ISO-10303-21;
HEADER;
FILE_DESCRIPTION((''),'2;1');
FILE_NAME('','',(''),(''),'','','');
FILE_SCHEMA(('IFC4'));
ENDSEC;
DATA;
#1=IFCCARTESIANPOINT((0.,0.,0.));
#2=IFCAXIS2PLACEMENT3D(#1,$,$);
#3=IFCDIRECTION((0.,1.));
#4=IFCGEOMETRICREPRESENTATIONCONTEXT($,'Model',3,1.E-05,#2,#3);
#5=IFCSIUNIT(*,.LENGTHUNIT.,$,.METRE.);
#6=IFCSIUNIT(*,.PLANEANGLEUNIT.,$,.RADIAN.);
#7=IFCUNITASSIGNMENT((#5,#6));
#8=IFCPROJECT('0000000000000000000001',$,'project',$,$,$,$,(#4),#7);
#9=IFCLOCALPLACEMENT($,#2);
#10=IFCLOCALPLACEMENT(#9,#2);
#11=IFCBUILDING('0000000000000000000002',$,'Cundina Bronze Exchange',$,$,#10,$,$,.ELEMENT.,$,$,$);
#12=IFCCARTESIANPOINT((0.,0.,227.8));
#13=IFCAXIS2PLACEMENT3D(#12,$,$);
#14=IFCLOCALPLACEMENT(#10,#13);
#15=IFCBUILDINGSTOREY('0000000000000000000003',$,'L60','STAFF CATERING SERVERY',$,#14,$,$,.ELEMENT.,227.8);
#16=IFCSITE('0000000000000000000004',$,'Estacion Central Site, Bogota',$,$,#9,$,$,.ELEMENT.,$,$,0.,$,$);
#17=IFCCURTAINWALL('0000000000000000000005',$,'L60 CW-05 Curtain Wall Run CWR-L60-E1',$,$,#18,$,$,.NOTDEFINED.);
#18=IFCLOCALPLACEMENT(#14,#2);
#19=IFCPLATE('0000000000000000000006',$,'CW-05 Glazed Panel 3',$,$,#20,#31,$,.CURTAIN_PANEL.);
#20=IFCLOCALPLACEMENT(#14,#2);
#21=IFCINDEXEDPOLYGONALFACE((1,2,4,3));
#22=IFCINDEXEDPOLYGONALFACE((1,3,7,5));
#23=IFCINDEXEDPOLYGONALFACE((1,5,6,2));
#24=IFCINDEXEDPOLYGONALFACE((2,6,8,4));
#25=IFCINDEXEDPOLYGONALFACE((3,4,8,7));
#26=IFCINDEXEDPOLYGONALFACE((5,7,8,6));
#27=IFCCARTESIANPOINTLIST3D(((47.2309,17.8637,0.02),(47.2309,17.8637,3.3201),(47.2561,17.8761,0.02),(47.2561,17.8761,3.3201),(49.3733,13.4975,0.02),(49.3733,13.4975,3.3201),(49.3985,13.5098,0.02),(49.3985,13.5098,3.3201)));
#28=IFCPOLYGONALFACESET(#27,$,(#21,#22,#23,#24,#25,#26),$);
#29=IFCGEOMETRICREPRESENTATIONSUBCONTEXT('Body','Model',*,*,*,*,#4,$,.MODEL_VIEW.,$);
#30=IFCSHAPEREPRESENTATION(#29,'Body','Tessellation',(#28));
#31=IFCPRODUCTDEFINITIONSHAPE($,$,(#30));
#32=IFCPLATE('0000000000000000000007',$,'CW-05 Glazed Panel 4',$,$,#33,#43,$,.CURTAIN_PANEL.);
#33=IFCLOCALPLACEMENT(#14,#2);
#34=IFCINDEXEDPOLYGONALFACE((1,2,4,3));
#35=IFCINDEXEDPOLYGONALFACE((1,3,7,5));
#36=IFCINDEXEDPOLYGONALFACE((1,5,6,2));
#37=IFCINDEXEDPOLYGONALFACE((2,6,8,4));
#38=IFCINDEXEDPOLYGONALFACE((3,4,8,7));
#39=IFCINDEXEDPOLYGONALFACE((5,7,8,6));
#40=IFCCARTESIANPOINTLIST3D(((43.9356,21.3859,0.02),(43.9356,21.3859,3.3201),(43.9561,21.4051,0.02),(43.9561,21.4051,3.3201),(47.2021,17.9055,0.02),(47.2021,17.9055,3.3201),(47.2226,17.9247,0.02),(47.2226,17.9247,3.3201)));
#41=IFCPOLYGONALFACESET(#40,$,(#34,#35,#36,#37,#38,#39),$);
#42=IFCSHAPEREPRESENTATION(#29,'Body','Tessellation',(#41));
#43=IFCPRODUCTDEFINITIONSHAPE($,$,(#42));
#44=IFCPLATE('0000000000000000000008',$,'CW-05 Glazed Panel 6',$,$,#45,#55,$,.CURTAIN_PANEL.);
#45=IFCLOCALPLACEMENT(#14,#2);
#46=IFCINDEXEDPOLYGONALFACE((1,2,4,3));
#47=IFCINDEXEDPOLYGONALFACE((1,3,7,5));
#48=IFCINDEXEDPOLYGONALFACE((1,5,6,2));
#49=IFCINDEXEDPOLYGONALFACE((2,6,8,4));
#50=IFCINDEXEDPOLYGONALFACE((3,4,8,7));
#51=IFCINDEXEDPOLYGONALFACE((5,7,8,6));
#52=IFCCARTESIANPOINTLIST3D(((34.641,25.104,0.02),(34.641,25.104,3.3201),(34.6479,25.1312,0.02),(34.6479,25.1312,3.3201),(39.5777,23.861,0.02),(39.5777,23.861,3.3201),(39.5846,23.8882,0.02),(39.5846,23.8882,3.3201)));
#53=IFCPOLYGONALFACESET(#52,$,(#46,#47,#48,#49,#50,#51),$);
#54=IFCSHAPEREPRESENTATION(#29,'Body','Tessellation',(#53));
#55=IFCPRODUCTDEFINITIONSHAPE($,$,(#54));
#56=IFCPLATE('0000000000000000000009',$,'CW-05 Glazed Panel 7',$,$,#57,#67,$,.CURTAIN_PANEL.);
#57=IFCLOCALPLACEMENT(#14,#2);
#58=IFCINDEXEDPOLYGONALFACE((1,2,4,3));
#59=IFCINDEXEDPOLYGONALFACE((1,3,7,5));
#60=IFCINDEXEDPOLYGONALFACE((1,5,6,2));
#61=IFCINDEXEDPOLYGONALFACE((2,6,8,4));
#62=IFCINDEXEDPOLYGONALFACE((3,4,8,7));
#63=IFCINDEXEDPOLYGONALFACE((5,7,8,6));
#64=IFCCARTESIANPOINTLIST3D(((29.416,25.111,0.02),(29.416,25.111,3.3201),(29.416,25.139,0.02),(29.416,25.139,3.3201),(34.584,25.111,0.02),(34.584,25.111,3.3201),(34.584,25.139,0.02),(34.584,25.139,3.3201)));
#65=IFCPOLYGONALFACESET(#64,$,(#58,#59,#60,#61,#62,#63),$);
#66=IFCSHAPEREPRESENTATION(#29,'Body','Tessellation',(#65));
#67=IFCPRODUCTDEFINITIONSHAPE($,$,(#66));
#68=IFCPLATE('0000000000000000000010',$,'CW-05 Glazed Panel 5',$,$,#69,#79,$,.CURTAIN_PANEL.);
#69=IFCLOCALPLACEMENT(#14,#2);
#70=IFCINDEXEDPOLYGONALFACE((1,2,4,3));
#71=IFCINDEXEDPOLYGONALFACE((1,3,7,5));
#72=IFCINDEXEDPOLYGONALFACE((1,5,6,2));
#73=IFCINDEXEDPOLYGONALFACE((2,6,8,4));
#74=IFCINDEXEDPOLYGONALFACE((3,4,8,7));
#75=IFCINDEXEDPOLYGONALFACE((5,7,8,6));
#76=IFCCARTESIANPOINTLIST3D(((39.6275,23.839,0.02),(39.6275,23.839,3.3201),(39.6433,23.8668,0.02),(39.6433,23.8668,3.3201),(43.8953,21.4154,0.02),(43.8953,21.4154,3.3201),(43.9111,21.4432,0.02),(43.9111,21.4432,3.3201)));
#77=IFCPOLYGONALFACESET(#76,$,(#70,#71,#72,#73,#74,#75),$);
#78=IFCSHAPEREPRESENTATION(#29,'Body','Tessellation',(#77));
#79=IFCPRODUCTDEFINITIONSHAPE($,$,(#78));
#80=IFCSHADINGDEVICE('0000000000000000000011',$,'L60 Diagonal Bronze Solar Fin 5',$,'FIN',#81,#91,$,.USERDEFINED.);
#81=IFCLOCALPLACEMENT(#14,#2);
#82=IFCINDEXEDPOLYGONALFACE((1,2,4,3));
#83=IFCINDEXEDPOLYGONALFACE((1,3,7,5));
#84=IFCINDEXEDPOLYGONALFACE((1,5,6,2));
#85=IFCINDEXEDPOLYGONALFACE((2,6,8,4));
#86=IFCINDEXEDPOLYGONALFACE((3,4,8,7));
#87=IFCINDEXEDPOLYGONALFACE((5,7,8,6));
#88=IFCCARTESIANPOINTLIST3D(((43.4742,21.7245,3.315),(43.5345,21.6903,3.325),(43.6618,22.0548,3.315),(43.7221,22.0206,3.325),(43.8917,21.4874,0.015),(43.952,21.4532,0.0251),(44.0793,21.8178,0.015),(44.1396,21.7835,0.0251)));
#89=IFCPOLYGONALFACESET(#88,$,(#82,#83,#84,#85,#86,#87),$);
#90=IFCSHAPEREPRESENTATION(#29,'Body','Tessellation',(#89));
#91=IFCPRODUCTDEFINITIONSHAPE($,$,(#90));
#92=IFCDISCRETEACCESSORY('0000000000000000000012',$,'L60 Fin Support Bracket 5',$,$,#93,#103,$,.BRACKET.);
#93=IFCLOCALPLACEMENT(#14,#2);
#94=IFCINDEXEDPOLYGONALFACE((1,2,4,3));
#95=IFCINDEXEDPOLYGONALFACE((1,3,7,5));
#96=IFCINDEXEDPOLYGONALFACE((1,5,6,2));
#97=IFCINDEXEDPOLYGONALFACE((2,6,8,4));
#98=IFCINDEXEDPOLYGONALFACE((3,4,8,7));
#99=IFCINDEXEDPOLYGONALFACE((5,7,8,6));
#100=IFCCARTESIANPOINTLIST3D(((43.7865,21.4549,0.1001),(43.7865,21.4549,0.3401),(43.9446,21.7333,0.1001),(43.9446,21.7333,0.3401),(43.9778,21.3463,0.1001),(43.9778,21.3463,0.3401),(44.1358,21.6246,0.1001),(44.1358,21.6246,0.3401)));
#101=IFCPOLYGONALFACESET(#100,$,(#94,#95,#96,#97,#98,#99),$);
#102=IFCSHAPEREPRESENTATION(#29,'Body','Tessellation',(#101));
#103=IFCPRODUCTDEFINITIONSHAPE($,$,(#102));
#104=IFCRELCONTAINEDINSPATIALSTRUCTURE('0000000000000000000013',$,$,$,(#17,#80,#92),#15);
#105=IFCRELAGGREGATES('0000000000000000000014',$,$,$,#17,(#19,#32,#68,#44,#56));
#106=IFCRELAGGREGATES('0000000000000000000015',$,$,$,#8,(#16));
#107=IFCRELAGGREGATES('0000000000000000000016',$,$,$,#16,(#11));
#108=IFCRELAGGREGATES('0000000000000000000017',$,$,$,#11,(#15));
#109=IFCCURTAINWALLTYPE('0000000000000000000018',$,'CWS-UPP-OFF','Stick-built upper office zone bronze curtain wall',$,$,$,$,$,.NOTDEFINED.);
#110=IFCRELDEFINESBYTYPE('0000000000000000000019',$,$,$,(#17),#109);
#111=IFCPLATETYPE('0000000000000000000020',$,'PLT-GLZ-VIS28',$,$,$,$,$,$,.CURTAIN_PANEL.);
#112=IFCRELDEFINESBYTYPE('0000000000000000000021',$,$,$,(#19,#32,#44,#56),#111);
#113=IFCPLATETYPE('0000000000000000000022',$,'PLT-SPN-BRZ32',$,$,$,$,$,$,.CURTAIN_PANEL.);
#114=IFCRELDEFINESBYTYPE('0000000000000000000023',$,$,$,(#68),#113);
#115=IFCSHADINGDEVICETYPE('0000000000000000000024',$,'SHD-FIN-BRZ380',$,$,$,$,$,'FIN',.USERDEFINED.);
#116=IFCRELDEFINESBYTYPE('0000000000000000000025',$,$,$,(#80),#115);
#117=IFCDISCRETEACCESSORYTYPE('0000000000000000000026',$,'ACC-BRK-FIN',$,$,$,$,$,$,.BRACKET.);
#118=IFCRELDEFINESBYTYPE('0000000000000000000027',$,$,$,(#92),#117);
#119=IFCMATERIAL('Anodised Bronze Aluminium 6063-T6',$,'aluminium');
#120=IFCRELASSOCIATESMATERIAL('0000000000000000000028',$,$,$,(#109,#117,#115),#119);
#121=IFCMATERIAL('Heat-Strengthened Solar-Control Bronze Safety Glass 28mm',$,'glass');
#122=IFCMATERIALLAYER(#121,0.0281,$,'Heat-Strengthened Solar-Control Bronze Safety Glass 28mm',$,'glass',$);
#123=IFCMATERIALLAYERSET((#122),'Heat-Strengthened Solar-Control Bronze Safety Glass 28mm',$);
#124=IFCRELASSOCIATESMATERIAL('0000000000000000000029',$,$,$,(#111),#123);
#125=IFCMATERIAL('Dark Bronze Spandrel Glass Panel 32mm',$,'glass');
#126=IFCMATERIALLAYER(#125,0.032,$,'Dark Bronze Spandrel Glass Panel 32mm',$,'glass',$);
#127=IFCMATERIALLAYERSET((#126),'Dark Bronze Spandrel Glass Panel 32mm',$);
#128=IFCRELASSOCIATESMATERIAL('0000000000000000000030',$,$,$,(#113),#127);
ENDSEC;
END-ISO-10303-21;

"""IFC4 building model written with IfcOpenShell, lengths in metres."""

from ifc_helpers import new_model, si_unit, direction, frame, origin, origin_2d, place, context, subcontext, project, spatial, rectangle, extrude, material, layer, layer_set, material_profile, profile_set, type_object, element, aggregate, save


model = new_model("IFC4")

# Units and contexts
model_context = context("Model", 3, precision=1e-05, world=origin(), true_north=direction((0.0, 1.0)))
body_context = subcontext(model_context, "Body", "Model", "MODEL_VIEW")
ifc_project = project(units=[si_unit("LENGTHUNIT", "METRE"), si_unit("PLANEANGLEUNIT", "RADIAN")], contexts=[model_context])

# Site, building, storey
site_placement = place(None, origin())
site = spatial("IfcSite", under=ifc_project, at=site_placement, Name="Estacion Central Site, Bogota", CompositionType="ELEMENT", RefElevation=0.0)
building_placement = place(site_placement, origin())
building = spatial("IfcBuilding", under=site, at=building_placement, Name="Cundina Bronze Exchange", CompositionType="ELEMENT")
storey_placement = place(building_placement, frame((0.0, 0.0, 227.8)))
storey = spatial("IfcBuildingStorey", under=building, at=storey_placement, Name="L60", Description="STAFF CATERING SERVERY", CompositionType="ELEMENT", Elevation=227.8)

# Curtain wall, plates
ifc_material_1 = material(Name="Anodised Bronze Aluminium 6063-T6", Category="aluminium")
curtain_wall_type = type_object("IfcCurtainWallType", Name="CWS-UPP-OFF", Description="Stick-built upper office zone bronze curtain wall", PredefinedType="NOTDEFINED", material=ifc_material_1)
curtain_wall_placement = place(storey_placement, origin())
curtain_wall = element("IfcCurtainWall", 1, at=curtain_wall_placement, inside=storey, type_object=curtain_wall_type, Name="L60 CW-05 Curtain Wall Run CWR-L60-E1", PredefinedType="NOTDEFINED")
ifc_material_2 = material(Name="Heat-Strengthened Solar-Control Bronze Safety Glass 28mm", Category="glass")
ifc_layer_1 = layer(ifc_material_2, 0.0281, Name="Heat-Strengthened Solar-Control Bronze Safety Glass 28mm", Category="glass")
ifc_layer_set_1 = layer_set([ifc_layer_1], Name="Heat-Strengthened Solar-Control Bronze Safety Glass 28mm")
plate_type_1 = type_object("IfcPlateType", Name="PLT-GLZ-VIS28", PredefinedType="CURTAIN_PANEL", material=ifc_layer_set_1)
plate_1_placement = place(storey_placement, frame((48.3147, 15.6868, 0.02), z_axis=(0.0, 0.0, 1.0), x_axis=(-0.440503, 0.897751, 0.0)))
plate_1 = element("IfcPlate", 2, at=plate_1_placement, type_object=plate_type_1, Name="CW-05 Glazed Panel 3", PredefinedType="CURTAIN_PANEL", context=body_context, shape_type="SweptSolid", body=[
    extrude(rectangle(XDim=4.8635, YDim=0.0281, at=origin_2d()), origin(), (0.0, 0.0, 1.0), 3.3),
])
plate_2_placement = place(storey_placement, frame((45.5791, 19.6553, 0.02), z_axis=(0.0, 0.0, 1.0), x_axis=(-0.684344, 0.72916, 0.0)))
plate_2 = element("IfcPlate", 3, at=plate_2_placement, type_object=plate_type_1, Name="CW-05 Glazed Panel 4", PredefinedType="CURTAIN_PANEL", context=body_context, shape_type="SweptSolid", body=[
    extrude(rectangle(XDim=4.7732, YDim=0.0281, at=origin_2d()), origin(), (0.0, 0.0, 1.0), 3.3),
])
plate_3_placement = place(storey_placement, frame((37.1128, 24.4961, 0.02), z_axis=(0.0, 0.0, 1.0), x_axis=(-0.969732, 0.244174, 0.0)))
plate_3 = element("IfcPlate", 4, at=plate_3_placement, type_object=plate_type_1, Name="CW-05 Glazed Panel 6", PredefinedType="CURTAIN_PANEL", context=body_context, shape_type="SweptSolid", body=[
    extrude(rectangle(XDim=5.0908, YDim=0.0281, at=origin_2d()), origin(), (0.0, 0.0, 1.0), 3.3),
])
plate_4_placement = place(storey_placement, frame((32.0, 25.125, 0.02), z_axis=(0.0, 0.0, 1.0), x_axis=(-1.0, 0.0, 0.0)))
plate_4 = element("IfcPlate", 5, at=plate_4_placement, type_object=plate_type_1, Name="CW-05 Glazed Panel 7", PredefinedType="CURTAIN_PANEL", context=body_context, shape_type="SweptSolid", body=[
    extrude(rectangle(XDim=5.168, YDim=0.0281, at=origin_2d()), origin(), (0.0, 0.0, 1.0), 3.3),
])
ifc_material_3 = material(Name="Dark Bronze Spandrel Glass Panel 32mm", Category="glass")
ifc_layer_2 = layer(ifc_material_3, 0.032, Name="Dark Bronze Spandrel Glass Panel 32mm", Category="glass")
ifc_layer_set_2 = layer_set([ifc_layer_2], Name="Dark Bronze Spandrel Glass Panel 32mm")
plate_type_2 = type_object("IfcPlateType", Name="PLT-SPN-BRZ32", PredefinedType="CURTAIN_PANEL", material=ifc_layer_set_2)
plate_5_placement = place(storey_placement, frame((41.7693, 22.6411, 0.02), z_axis=(0.0, 0.0, 1.0), x_axis=(-0.869573, 0.493805, 0.0)))
plate_5 = element("IfcPlate", 6, at=plate_5_placement, type_object=plate_type_2, Name="CW-05 Glazed Panel 5", PredefinedType="CURTAIN_PANEL", context=body_context, shape_type="SweptSolid", body=[
    extrude(rectangle(XDim=4.908, YDim=0.032, at=origin_2d()), origin(), (0.0, 0.0, 1.0), 3.3),
])
aggregate(curtain_wall, [plate_1, plate_2, plate_5, plate_3, plate_4])

# Shading device
ifc_material_profile_1 = material_profile(ifc_material_1, rectangle(XDim=0.0701, YDim=0.3799, at=origin_2d()), Name="FIN70X380", Category="aluminium")
ifc_profile_set_1 = profile_set([ifc_material_profile_1], Name="Anodised Bronze Aluminium 6063-T6")
shading_device_type = type_object("IfcShadingDeviceType", Name="SHD-FIN-BRZ380", ElementType="FIN", PredefinedType="USERDEFINED", material=ifc_profile_set_1)
shading_device_placement = place(storey_placement, frame((44.0156, 21.6355, 0.02), z_axis=(-0.12519, 0.071087, 0.989583), x_axis=(0.860527, -0.488638, 0.143965)))
element("IfcShadingDevice", 7, at=shading_device_placement, inside=storey, type_object=shading_device_type, Name="L60 Diagonal Bronze Solar Fin 5", ObjectType="FIN", PredefinedType="USERDEFINED", context=body_context, shape_type="SweptSolid", body=[
    extrude(rectangle(XDim=0.0701, YDim=0.3799, at=origin_2d()), origin(), (0.0, 0.0, 1.0), 3.3347),
])

# Discrete accessory
discrete_accessory_type = type_object("IfcDiscreteAccessoryType", Name="ACC-BRK-FIN", PredefinedType="BRACKET", material=ifc_material_1)
discrete_accessory_placement = place(storey_placement, frame((43.9612, 21.5398, 0.1001), z_axis=(0.0, 0.0, 1.0), x_axis=(-0.869573, 0.493805, 0.0)))
element("IfcDiscreteAccessory", 8, at=discrete_accessory_placement, inside=storey, type_object=discrete_accessory_type, Name="L60 Fin Support Bracket 5", PredefinedType="BRACKET", context=body_context, shape_type="SweptSolid", body=[
    extrude(rectangle(XDim=0.22, YDim=0.3201, at=origin_2d()), origin(), (0.0, 0.0, 1.0), 0.24),
])

save(model, "model.ifc")
